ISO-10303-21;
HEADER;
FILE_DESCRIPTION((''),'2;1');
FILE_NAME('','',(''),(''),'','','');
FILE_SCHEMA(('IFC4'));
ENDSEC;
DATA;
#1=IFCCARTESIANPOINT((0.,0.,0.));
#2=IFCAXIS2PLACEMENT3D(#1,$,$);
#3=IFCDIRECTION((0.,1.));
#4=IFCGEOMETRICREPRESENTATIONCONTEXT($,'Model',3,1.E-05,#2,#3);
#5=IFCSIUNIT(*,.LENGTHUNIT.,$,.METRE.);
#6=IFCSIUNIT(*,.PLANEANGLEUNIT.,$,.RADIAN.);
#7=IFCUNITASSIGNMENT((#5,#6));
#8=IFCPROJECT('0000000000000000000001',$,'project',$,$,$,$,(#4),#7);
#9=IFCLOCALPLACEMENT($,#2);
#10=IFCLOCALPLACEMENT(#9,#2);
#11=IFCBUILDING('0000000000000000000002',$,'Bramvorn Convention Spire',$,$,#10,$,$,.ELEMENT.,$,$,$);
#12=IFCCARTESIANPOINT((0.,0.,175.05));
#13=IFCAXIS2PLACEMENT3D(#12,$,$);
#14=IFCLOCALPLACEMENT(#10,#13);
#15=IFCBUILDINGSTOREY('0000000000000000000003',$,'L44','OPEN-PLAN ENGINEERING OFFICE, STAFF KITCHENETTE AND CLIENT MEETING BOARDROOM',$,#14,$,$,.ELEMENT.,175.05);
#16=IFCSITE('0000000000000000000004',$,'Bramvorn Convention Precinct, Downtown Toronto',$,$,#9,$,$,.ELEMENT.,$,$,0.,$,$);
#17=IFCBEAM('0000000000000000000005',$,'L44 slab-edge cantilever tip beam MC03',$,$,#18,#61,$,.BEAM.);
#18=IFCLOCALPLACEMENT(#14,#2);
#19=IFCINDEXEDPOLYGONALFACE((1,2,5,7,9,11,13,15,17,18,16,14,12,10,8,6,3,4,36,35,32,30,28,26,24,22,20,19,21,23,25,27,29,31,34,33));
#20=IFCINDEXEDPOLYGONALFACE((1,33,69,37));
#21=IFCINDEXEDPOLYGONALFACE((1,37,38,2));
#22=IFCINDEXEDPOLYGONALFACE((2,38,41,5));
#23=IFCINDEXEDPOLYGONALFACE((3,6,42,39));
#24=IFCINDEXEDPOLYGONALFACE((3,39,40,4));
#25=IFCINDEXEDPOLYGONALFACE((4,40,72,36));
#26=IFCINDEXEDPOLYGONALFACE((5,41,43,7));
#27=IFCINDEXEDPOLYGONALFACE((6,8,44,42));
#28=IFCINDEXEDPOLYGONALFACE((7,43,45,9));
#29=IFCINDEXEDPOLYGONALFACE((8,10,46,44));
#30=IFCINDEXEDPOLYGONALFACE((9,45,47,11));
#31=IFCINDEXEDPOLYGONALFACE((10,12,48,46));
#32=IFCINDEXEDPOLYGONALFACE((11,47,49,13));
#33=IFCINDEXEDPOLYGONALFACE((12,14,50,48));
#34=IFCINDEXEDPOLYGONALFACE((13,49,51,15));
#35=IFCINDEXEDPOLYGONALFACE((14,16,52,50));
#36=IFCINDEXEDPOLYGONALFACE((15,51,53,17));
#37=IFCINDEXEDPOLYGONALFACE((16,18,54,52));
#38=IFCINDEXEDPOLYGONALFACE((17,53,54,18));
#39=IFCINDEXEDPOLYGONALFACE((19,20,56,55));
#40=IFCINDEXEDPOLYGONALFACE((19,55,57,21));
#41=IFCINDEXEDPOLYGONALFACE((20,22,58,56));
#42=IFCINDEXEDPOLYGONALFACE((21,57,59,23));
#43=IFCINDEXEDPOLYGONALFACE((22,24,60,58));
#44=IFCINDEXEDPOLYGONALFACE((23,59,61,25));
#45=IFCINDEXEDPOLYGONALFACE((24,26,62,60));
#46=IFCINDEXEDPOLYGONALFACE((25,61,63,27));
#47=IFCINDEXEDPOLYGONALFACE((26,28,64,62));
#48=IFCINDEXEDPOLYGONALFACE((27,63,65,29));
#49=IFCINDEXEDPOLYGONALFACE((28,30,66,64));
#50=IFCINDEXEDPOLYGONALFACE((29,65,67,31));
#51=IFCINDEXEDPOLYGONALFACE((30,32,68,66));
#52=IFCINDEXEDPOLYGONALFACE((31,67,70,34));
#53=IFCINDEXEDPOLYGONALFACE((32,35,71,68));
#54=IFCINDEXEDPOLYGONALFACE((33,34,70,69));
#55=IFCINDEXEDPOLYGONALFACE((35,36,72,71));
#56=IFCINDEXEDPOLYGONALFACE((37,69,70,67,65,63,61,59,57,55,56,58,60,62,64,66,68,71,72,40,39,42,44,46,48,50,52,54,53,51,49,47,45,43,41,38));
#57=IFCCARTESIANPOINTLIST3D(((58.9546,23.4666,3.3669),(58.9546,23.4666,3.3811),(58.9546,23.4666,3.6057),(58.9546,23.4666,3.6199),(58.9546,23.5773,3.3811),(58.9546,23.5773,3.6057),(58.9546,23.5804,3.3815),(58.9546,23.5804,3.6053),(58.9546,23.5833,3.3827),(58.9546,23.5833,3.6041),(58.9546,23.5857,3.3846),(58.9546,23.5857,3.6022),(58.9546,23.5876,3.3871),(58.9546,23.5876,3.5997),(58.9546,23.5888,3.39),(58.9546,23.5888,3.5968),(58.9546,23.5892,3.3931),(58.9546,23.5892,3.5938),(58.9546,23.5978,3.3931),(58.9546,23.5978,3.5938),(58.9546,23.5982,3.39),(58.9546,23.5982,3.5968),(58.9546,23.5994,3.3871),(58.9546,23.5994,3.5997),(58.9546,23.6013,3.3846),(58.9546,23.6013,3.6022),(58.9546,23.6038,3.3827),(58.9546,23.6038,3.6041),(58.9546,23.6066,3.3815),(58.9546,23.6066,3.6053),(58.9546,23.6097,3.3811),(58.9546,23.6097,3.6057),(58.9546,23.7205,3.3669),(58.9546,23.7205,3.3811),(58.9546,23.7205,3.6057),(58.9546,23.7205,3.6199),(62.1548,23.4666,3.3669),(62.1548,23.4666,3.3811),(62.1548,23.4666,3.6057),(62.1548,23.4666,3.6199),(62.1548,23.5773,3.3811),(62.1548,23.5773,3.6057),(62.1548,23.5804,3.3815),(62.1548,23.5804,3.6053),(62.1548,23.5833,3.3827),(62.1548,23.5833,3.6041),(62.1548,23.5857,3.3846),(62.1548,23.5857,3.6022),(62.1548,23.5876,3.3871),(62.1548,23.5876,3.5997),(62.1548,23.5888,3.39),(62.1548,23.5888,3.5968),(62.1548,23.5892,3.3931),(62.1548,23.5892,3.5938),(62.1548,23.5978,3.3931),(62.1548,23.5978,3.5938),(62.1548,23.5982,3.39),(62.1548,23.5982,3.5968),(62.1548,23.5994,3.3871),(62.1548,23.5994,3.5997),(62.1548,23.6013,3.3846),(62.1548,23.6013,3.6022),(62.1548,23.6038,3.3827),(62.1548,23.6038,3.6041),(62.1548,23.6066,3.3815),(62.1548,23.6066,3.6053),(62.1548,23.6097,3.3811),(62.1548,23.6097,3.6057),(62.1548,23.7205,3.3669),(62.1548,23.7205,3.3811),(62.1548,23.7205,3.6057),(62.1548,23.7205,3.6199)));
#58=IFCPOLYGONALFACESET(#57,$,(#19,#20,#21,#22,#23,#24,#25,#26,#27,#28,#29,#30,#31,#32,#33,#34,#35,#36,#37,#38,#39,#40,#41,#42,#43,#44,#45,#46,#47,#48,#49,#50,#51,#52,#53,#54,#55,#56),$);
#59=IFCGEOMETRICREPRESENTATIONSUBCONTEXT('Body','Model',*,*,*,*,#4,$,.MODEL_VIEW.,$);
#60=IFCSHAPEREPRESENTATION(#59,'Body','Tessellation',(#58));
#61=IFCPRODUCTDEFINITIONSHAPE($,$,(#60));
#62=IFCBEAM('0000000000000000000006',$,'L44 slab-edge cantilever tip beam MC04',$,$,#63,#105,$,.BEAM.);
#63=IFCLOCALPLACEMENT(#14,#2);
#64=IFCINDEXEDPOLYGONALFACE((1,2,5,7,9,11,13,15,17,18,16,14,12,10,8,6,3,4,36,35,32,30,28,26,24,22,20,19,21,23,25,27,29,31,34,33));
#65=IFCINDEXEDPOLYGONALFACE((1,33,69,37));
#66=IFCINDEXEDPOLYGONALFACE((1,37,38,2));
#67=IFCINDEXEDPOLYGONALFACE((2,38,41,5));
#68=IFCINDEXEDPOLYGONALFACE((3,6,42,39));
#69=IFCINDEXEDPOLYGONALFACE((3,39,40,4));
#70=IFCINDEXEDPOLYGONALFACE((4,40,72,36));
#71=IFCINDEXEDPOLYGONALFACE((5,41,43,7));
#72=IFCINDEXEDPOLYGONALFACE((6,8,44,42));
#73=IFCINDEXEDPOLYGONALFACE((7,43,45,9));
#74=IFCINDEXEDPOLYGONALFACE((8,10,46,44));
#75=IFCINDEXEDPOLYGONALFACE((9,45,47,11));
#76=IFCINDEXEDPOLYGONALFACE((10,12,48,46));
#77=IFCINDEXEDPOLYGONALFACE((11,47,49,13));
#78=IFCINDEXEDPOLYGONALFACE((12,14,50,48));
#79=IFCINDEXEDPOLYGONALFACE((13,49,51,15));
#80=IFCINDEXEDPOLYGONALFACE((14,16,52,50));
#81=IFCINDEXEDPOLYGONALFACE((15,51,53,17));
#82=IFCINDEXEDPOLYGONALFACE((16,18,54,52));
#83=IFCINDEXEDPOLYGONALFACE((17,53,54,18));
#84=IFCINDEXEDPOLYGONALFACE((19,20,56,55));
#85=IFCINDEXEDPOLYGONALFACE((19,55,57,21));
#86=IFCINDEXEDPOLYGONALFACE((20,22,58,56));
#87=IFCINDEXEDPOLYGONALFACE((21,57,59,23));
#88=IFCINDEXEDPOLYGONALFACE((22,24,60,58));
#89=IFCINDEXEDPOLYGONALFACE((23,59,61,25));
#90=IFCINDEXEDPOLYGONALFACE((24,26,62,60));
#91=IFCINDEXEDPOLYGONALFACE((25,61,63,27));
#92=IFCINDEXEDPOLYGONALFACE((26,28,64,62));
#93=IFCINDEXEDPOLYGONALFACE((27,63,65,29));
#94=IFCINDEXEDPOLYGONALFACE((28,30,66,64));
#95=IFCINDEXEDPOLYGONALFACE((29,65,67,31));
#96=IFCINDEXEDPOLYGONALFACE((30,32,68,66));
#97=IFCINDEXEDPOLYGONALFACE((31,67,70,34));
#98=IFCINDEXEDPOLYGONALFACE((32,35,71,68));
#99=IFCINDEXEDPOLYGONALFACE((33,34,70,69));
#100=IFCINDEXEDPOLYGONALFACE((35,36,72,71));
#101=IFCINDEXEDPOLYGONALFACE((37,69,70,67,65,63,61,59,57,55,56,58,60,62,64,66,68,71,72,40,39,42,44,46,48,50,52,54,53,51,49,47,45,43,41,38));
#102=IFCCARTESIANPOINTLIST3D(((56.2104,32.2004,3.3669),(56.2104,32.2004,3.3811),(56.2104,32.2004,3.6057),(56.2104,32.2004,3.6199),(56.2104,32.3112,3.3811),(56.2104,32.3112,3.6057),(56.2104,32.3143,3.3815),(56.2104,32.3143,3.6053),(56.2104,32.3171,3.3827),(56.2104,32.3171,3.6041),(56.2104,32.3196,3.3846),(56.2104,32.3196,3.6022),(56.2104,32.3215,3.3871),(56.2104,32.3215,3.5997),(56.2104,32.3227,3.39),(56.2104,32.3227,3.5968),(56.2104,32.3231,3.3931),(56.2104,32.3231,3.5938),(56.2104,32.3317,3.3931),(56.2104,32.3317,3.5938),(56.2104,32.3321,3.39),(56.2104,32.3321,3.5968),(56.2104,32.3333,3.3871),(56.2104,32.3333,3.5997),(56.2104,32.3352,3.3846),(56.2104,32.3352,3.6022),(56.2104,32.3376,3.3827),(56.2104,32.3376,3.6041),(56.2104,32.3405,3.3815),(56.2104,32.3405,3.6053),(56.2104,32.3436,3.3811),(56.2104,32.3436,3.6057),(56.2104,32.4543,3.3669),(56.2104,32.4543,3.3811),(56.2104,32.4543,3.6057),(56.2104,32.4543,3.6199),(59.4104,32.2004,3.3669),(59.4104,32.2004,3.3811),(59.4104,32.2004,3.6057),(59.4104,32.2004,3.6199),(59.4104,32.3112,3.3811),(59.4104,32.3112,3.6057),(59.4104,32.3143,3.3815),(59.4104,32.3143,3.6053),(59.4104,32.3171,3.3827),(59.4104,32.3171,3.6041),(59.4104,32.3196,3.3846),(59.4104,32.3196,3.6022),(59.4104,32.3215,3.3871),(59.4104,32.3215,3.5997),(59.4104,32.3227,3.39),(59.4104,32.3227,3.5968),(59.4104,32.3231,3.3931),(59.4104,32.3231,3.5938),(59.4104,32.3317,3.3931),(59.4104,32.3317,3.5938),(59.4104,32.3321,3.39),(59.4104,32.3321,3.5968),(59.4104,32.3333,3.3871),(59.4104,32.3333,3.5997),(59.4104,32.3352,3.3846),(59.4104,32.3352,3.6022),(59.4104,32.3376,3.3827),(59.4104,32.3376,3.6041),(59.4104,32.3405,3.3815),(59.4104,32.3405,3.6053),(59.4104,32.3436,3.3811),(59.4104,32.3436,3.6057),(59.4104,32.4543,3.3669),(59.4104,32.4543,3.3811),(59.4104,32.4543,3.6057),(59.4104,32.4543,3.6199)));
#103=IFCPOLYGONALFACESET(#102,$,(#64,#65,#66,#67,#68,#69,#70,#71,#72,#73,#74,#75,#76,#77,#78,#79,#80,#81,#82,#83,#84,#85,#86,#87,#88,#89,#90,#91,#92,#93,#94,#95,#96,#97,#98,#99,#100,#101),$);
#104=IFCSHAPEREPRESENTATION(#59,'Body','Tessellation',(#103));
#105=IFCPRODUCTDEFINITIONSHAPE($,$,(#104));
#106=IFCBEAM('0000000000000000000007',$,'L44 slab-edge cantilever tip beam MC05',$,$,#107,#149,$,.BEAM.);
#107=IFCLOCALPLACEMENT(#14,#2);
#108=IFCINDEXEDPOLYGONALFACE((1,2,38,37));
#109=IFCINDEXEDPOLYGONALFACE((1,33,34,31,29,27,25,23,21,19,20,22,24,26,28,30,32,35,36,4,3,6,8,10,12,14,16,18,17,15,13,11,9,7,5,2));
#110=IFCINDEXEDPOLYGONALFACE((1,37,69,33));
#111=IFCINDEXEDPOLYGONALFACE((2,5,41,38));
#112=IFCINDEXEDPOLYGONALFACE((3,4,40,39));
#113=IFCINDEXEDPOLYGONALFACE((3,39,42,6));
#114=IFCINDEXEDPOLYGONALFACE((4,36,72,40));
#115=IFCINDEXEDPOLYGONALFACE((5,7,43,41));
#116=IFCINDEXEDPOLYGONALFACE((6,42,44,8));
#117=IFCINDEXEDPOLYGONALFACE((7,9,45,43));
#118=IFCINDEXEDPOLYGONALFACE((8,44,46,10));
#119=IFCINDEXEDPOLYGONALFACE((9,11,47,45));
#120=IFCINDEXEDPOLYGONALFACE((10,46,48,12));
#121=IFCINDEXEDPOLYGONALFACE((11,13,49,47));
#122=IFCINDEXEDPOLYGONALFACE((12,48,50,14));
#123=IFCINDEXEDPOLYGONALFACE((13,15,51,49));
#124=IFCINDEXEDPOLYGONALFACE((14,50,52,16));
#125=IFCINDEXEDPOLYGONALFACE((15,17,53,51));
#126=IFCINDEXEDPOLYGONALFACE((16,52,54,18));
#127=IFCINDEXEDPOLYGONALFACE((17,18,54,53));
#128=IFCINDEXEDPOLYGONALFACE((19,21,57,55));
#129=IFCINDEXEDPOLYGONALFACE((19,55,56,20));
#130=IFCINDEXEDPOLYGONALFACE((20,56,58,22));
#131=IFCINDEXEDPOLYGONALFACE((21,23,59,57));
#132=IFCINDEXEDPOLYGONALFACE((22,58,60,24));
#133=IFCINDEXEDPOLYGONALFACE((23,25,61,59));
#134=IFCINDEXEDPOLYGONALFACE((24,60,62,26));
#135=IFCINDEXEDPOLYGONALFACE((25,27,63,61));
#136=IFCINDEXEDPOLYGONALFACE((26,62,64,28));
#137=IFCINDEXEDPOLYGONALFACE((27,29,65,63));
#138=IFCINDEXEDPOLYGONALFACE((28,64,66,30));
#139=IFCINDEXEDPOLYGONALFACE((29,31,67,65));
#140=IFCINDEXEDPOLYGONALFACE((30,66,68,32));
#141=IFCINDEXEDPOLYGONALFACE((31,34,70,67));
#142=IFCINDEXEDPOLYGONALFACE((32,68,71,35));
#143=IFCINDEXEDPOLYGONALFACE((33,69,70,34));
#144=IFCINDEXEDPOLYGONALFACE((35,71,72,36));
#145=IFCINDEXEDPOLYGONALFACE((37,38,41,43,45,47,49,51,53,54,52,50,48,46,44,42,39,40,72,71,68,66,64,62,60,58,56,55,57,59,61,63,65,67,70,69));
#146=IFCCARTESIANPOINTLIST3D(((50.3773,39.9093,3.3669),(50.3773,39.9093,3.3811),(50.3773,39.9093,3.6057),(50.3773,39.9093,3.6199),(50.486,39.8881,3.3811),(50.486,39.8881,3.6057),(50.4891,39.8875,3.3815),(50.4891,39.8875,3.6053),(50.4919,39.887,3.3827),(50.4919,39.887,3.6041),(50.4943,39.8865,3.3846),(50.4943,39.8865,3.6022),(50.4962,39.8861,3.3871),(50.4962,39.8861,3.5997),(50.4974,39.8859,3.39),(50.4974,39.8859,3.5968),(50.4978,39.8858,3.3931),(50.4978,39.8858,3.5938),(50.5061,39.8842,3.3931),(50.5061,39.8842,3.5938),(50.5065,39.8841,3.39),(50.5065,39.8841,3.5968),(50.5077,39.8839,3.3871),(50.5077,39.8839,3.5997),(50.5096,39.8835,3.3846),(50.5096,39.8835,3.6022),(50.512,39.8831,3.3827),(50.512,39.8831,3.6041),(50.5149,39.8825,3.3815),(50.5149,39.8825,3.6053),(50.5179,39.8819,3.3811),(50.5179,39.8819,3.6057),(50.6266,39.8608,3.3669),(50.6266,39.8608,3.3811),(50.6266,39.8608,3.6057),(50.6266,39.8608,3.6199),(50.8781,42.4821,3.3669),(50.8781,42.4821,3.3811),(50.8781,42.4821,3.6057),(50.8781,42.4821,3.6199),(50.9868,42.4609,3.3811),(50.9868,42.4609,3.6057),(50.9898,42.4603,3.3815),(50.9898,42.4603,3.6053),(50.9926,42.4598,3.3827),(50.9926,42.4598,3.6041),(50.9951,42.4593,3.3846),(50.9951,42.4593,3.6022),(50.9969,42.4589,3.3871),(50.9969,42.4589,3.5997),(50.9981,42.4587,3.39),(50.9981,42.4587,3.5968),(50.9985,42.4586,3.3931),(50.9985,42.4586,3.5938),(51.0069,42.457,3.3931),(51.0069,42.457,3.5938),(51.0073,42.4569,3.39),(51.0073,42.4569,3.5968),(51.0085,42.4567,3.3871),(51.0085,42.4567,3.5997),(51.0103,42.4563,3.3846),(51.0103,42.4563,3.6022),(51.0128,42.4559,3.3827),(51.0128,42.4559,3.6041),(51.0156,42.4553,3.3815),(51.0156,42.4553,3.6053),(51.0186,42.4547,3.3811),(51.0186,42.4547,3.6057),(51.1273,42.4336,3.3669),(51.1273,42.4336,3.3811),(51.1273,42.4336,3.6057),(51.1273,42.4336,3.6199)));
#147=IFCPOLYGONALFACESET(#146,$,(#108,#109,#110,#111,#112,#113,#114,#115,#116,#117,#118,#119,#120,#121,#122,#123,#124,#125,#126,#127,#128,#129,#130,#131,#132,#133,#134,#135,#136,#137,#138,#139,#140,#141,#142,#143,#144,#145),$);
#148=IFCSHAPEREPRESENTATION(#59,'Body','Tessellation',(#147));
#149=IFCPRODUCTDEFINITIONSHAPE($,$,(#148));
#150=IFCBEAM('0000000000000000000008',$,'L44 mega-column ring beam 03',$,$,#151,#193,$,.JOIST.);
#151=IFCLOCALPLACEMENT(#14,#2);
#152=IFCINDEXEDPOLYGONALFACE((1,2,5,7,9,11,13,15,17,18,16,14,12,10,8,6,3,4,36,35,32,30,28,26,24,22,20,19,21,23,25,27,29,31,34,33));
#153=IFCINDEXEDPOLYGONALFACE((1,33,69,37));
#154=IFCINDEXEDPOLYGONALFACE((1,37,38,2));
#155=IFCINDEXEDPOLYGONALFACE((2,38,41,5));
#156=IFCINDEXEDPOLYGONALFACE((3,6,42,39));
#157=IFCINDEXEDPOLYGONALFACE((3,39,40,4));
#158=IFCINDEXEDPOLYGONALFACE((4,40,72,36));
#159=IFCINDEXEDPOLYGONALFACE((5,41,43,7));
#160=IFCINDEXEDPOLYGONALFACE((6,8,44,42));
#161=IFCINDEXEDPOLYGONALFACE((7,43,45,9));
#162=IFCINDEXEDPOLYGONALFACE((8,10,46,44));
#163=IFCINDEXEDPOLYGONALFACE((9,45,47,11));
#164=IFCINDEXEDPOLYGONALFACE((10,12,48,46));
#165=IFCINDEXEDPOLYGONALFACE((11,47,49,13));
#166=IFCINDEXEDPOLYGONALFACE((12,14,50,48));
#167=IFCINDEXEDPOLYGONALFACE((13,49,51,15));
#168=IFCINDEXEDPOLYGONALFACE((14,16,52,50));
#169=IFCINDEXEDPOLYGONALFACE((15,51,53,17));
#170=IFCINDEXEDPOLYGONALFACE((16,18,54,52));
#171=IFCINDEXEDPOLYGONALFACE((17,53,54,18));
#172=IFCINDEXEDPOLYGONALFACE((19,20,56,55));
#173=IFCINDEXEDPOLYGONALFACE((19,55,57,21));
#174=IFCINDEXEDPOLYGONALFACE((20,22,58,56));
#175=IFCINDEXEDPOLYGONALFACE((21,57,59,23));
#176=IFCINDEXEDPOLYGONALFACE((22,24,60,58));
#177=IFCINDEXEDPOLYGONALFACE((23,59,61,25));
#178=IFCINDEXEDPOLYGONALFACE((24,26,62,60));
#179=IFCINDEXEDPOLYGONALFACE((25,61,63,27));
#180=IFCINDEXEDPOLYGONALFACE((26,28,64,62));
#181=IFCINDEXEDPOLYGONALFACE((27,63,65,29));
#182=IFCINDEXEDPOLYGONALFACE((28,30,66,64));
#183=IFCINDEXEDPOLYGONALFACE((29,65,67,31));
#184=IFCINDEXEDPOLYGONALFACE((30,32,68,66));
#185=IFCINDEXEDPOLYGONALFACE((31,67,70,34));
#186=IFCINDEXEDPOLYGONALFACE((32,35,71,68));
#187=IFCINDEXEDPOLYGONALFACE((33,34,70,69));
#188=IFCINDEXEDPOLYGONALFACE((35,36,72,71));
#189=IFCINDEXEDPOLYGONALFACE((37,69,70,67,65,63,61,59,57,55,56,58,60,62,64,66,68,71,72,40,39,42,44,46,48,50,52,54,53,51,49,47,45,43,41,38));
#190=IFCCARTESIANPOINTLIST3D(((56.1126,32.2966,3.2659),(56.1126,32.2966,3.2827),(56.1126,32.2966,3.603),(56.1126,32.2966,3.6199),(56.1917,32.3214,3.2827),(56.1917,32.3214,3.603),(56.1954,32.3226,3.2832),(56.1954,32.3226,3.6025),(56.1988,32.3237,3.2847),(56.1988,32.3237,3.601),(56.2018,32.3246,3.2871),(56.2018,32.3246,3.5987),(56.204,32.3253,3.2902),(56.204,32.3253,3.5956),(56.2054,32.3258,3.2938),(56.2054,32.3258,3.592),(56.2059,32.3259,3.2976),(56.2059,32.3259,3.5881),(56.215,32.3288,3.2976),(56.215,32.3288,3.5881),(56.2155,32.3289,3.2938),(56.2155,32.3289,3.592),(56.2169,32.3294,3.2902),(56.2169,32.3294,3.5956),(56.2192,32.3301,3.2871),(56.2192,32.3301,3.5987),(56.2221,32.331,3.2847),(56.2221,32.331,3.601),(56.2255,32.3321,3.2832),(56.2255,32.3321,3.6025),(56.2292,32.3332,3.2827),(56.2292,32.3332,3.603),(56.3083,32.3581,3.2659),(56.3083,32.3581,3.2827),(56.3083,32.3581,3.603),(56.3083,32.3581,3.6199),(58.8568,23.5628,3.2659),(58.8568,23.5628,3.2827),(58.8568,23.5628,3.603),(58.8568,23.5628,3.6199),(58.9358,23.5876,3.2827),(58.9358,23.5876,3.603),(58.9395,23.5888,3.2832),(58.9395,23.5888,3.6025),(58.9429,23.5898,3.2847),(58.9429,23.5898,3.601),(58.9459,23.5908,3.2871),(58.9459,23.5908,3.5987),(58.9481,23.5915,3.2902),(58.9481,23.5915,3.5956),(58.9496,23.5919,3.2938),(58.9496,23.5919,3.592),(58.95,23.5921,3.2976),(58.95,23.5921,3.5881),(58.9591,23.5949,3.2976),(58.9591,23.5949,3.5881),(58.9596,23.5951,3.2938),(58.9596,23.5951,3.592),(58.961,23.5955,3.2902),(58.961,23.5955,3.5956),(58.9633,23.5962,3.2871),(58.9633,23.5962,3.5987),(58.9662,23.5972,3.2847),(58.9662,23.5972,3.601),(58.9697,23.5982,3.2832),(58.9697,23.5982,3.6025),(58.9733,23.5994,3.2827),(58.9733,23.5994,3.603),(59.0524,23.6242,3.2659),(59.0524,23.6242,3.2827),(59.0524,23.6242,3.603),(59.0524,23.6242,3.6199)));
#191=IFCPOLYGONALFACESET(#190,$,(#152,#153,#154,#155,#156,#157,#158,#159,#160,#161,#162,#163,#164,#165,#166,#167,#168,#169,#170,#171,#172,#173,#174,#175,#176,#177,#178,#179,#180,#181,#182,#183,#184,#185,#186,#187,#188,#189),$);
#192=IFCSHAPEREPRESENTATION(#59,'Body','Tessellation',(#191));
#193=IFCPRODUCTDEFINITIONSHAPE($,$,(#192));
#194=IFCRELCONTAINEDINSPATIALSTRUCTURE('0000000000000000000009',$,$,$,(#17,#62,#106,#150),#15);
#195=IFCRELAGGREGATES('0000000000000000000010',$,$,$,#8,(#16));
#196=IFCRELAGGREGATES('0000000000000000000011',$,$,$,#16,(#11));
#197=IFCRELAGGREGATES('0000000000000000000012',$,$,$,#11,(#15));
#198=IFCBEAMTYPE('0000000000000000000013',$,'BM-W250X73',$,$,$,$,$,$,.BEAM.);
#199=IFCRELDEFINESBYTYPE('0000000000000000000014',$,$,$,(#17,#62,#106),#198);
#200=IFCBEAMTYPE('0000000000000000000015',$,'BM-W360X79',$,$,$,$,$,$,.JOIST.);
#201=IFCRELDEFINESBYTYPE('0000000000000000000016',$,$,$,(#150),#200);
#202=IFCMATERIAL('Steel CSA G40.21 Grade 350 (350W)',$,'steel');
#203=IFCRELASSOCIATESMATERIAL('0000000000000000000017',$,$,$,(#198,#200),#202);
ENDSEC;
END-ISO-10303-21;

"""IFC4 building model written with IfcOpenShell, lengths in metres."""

from ifc_helpers import new_model, si_unit, direction, frame, origin, origin_2d, place, context, subcontext, project, spatial, i_section, extrude, material, material_profile, profile_set, type_object, element, save


model = new_model("IFC4")

# Units and contexts
model_context = context("Model", 3, precision=1e-05, world=origin(), true_north=direction((0.0, 1.0)))
body_context = subcontext(model_context, "Body", "Model", "MODEL_VIEW")
ifc_project = project(units=[si_unit("LENGTHUNIT", "METRE"), si_unit("PLANEANGLEUNIT", "RADIAN")], contexts=[model_context])

# Site, building, storey
site_placement = place(None, origin())
site = spatial("IfcSite", under=ifc_project, at=site_placement, Name="Bramvorn Convention Precinct, Downtown Toronto", CompositionType="ELEMENT", RefElevation=0.0)
building_placement = place(site_placement, origin())
building = spatial("IfcBuilding", under=site, at=building_placement, Name="Bramvorn Convention Spire", CompositionType="ELEMENT")
storey_placement = place(building_placement, frame((0.0, 0.0, 175.05)))
storey = spatial("IfcBuildingStorey", under=building, at=storey_placement, Name="L44", Description="OPEN-PLAN ENGINEERING OFFICE, STAFF KITCHENETTE AND CLIENT MEETING BOARDROOM", CompositionType="ELEMENT", Elevation=175.05)

# Shared definitions
ifc_material_1 = material(Name="Steel CSA G40.21 Grade 350 (350W)", Category="steel")

# Beams
ifc_material_profile_1 = material_profile(ifc_material_1, i_section(OverallWidth=0.2539, OverallDepth=0.2529, WebThickness=0.0085, FlangeThickness=0.0142, FilletRadius=0.012, at=origin_2d()))
ifc_profile_set_1 = profile_set([ifc_material_profile_1], Name="Steel CSA G40.21 Grade 350 (350W) - W250X73")
beam_type_1 = type_object("IfcBeamType", Name="BM-W250X73", PredefinedType="BEAM", material=ifc_profile_set_1)
beam_1_placement = place(storey_placement, frame((58.9546, 23.5935, 3.4934), z_axis=(1.0, 0.0, 0.0), x_axis=(0.0, 1.0, 0.0)))
element("IfcBeam", 1, at=beam_1_placement, inside=storey, type_object=beam_type_1, Name="L44 slab-edge cantilever tip beam MC03", PredefinedType="BEAM", context=body_context, shape_type="SweptSolid", body=[
    extrude(i_section(OverallWidth=0.2539, OverallDepth=0.2529, WebThickness=0.0085, FlangeThickness=0.0142, FilletRadius=0.012, at=origin_2d()), origin(), (0.0, 0.0, 1.0), 3.2002),
])
beam_2_placement = place(storey_placement, frame((56.2104, 32.3274, 3.4934), z_axis=(1.0, 0.0, 0.0), x_axis=(0.0, 1.0, 0.0)))
element("IfcBeam", 2, at=beam_2_placement, inside=storey, type_object=beam_type_1, Name="L44 slab-edge cantilever tip beam MC04", PredefinedType="BEAM", context=body_context, shape_type="SweptSolid", body=[
    extrude(i_section(OverallWidth=0.2539, OverallDepth=0.2529, WebThickness=0.0085, FlangeThickness=0.0142, FilletRadius=0.012, at=origin_2d()), origin(), (0.0, 0.0, 1.0), 3.2),
])
beam_3_placement = place(storey_placement, frame((50.502, 39.885, 3.4934), z_axis=(0.191044, 0.981581, 0.0), x_axis=(-0.981581, 0.191044, 0.0)))
element("IfcBeam", 3, at=beam_3_placement, inside=storey, type_object=beam_type_1, Name="L44 slab-edge cantilever tip beam MC05", PredefinedType="BEAM", context=body_context, shape_type="SweptSolid", body=[
    extrude(i_section(OverallWidth=0.2539, OverallDepth=0.2529, WebThickness=0.0085, FlangeThickness=0.0142, FilletRadius=0.012, at=origin_2d()), origin(), (0.0, 0.0, 1.0), 2.6211),
])
ifc_material_profile_2 = material_profile(ifc_material_1, i_section(OverallWidth=0.2051, OverallDepth=0.354, WebThickness=0.0095, FlangeThickness=0.0168, FilletRadius=0.0149, at=origin_2d()))
ifc_profile_set_2 = profile_set([ifc_material_profile_2], Name="Steel CSA G40.21 Grade 350 (350W) - W360X79")
beam_type_2 = type_object("IfcBeamType", Name="BM-W360X79", PredefinedType="JOIST", material=ifc_profile_set_2)
beam_4_placement = place(storey_placement, frame((58.9546, 23.5935, 3.4429), z_axis=(-0.299748, 0.954019, 0.0), x_axis=(-0.954019, -0.299748, 0.0)))
element("IfcBeam", 4, at=beam_4_placement, inside=storey, type_object=beam_type_2, Name="L44 mega-column ring beam 03", PredefinedType="JOIST", context=body_context, shape_type="SweptSolid", body=[
    extrude(i_section(OverallWidth=0.2051, OverallDepth=0.354, WebThickness=0.0095, FlangeThickness=0.0168, FilletRadius=0.0149, at=origin_2d()), origin(), (0.0, 0.0, 1.0), 9.1548),
])

save(model, "model.ifc")
